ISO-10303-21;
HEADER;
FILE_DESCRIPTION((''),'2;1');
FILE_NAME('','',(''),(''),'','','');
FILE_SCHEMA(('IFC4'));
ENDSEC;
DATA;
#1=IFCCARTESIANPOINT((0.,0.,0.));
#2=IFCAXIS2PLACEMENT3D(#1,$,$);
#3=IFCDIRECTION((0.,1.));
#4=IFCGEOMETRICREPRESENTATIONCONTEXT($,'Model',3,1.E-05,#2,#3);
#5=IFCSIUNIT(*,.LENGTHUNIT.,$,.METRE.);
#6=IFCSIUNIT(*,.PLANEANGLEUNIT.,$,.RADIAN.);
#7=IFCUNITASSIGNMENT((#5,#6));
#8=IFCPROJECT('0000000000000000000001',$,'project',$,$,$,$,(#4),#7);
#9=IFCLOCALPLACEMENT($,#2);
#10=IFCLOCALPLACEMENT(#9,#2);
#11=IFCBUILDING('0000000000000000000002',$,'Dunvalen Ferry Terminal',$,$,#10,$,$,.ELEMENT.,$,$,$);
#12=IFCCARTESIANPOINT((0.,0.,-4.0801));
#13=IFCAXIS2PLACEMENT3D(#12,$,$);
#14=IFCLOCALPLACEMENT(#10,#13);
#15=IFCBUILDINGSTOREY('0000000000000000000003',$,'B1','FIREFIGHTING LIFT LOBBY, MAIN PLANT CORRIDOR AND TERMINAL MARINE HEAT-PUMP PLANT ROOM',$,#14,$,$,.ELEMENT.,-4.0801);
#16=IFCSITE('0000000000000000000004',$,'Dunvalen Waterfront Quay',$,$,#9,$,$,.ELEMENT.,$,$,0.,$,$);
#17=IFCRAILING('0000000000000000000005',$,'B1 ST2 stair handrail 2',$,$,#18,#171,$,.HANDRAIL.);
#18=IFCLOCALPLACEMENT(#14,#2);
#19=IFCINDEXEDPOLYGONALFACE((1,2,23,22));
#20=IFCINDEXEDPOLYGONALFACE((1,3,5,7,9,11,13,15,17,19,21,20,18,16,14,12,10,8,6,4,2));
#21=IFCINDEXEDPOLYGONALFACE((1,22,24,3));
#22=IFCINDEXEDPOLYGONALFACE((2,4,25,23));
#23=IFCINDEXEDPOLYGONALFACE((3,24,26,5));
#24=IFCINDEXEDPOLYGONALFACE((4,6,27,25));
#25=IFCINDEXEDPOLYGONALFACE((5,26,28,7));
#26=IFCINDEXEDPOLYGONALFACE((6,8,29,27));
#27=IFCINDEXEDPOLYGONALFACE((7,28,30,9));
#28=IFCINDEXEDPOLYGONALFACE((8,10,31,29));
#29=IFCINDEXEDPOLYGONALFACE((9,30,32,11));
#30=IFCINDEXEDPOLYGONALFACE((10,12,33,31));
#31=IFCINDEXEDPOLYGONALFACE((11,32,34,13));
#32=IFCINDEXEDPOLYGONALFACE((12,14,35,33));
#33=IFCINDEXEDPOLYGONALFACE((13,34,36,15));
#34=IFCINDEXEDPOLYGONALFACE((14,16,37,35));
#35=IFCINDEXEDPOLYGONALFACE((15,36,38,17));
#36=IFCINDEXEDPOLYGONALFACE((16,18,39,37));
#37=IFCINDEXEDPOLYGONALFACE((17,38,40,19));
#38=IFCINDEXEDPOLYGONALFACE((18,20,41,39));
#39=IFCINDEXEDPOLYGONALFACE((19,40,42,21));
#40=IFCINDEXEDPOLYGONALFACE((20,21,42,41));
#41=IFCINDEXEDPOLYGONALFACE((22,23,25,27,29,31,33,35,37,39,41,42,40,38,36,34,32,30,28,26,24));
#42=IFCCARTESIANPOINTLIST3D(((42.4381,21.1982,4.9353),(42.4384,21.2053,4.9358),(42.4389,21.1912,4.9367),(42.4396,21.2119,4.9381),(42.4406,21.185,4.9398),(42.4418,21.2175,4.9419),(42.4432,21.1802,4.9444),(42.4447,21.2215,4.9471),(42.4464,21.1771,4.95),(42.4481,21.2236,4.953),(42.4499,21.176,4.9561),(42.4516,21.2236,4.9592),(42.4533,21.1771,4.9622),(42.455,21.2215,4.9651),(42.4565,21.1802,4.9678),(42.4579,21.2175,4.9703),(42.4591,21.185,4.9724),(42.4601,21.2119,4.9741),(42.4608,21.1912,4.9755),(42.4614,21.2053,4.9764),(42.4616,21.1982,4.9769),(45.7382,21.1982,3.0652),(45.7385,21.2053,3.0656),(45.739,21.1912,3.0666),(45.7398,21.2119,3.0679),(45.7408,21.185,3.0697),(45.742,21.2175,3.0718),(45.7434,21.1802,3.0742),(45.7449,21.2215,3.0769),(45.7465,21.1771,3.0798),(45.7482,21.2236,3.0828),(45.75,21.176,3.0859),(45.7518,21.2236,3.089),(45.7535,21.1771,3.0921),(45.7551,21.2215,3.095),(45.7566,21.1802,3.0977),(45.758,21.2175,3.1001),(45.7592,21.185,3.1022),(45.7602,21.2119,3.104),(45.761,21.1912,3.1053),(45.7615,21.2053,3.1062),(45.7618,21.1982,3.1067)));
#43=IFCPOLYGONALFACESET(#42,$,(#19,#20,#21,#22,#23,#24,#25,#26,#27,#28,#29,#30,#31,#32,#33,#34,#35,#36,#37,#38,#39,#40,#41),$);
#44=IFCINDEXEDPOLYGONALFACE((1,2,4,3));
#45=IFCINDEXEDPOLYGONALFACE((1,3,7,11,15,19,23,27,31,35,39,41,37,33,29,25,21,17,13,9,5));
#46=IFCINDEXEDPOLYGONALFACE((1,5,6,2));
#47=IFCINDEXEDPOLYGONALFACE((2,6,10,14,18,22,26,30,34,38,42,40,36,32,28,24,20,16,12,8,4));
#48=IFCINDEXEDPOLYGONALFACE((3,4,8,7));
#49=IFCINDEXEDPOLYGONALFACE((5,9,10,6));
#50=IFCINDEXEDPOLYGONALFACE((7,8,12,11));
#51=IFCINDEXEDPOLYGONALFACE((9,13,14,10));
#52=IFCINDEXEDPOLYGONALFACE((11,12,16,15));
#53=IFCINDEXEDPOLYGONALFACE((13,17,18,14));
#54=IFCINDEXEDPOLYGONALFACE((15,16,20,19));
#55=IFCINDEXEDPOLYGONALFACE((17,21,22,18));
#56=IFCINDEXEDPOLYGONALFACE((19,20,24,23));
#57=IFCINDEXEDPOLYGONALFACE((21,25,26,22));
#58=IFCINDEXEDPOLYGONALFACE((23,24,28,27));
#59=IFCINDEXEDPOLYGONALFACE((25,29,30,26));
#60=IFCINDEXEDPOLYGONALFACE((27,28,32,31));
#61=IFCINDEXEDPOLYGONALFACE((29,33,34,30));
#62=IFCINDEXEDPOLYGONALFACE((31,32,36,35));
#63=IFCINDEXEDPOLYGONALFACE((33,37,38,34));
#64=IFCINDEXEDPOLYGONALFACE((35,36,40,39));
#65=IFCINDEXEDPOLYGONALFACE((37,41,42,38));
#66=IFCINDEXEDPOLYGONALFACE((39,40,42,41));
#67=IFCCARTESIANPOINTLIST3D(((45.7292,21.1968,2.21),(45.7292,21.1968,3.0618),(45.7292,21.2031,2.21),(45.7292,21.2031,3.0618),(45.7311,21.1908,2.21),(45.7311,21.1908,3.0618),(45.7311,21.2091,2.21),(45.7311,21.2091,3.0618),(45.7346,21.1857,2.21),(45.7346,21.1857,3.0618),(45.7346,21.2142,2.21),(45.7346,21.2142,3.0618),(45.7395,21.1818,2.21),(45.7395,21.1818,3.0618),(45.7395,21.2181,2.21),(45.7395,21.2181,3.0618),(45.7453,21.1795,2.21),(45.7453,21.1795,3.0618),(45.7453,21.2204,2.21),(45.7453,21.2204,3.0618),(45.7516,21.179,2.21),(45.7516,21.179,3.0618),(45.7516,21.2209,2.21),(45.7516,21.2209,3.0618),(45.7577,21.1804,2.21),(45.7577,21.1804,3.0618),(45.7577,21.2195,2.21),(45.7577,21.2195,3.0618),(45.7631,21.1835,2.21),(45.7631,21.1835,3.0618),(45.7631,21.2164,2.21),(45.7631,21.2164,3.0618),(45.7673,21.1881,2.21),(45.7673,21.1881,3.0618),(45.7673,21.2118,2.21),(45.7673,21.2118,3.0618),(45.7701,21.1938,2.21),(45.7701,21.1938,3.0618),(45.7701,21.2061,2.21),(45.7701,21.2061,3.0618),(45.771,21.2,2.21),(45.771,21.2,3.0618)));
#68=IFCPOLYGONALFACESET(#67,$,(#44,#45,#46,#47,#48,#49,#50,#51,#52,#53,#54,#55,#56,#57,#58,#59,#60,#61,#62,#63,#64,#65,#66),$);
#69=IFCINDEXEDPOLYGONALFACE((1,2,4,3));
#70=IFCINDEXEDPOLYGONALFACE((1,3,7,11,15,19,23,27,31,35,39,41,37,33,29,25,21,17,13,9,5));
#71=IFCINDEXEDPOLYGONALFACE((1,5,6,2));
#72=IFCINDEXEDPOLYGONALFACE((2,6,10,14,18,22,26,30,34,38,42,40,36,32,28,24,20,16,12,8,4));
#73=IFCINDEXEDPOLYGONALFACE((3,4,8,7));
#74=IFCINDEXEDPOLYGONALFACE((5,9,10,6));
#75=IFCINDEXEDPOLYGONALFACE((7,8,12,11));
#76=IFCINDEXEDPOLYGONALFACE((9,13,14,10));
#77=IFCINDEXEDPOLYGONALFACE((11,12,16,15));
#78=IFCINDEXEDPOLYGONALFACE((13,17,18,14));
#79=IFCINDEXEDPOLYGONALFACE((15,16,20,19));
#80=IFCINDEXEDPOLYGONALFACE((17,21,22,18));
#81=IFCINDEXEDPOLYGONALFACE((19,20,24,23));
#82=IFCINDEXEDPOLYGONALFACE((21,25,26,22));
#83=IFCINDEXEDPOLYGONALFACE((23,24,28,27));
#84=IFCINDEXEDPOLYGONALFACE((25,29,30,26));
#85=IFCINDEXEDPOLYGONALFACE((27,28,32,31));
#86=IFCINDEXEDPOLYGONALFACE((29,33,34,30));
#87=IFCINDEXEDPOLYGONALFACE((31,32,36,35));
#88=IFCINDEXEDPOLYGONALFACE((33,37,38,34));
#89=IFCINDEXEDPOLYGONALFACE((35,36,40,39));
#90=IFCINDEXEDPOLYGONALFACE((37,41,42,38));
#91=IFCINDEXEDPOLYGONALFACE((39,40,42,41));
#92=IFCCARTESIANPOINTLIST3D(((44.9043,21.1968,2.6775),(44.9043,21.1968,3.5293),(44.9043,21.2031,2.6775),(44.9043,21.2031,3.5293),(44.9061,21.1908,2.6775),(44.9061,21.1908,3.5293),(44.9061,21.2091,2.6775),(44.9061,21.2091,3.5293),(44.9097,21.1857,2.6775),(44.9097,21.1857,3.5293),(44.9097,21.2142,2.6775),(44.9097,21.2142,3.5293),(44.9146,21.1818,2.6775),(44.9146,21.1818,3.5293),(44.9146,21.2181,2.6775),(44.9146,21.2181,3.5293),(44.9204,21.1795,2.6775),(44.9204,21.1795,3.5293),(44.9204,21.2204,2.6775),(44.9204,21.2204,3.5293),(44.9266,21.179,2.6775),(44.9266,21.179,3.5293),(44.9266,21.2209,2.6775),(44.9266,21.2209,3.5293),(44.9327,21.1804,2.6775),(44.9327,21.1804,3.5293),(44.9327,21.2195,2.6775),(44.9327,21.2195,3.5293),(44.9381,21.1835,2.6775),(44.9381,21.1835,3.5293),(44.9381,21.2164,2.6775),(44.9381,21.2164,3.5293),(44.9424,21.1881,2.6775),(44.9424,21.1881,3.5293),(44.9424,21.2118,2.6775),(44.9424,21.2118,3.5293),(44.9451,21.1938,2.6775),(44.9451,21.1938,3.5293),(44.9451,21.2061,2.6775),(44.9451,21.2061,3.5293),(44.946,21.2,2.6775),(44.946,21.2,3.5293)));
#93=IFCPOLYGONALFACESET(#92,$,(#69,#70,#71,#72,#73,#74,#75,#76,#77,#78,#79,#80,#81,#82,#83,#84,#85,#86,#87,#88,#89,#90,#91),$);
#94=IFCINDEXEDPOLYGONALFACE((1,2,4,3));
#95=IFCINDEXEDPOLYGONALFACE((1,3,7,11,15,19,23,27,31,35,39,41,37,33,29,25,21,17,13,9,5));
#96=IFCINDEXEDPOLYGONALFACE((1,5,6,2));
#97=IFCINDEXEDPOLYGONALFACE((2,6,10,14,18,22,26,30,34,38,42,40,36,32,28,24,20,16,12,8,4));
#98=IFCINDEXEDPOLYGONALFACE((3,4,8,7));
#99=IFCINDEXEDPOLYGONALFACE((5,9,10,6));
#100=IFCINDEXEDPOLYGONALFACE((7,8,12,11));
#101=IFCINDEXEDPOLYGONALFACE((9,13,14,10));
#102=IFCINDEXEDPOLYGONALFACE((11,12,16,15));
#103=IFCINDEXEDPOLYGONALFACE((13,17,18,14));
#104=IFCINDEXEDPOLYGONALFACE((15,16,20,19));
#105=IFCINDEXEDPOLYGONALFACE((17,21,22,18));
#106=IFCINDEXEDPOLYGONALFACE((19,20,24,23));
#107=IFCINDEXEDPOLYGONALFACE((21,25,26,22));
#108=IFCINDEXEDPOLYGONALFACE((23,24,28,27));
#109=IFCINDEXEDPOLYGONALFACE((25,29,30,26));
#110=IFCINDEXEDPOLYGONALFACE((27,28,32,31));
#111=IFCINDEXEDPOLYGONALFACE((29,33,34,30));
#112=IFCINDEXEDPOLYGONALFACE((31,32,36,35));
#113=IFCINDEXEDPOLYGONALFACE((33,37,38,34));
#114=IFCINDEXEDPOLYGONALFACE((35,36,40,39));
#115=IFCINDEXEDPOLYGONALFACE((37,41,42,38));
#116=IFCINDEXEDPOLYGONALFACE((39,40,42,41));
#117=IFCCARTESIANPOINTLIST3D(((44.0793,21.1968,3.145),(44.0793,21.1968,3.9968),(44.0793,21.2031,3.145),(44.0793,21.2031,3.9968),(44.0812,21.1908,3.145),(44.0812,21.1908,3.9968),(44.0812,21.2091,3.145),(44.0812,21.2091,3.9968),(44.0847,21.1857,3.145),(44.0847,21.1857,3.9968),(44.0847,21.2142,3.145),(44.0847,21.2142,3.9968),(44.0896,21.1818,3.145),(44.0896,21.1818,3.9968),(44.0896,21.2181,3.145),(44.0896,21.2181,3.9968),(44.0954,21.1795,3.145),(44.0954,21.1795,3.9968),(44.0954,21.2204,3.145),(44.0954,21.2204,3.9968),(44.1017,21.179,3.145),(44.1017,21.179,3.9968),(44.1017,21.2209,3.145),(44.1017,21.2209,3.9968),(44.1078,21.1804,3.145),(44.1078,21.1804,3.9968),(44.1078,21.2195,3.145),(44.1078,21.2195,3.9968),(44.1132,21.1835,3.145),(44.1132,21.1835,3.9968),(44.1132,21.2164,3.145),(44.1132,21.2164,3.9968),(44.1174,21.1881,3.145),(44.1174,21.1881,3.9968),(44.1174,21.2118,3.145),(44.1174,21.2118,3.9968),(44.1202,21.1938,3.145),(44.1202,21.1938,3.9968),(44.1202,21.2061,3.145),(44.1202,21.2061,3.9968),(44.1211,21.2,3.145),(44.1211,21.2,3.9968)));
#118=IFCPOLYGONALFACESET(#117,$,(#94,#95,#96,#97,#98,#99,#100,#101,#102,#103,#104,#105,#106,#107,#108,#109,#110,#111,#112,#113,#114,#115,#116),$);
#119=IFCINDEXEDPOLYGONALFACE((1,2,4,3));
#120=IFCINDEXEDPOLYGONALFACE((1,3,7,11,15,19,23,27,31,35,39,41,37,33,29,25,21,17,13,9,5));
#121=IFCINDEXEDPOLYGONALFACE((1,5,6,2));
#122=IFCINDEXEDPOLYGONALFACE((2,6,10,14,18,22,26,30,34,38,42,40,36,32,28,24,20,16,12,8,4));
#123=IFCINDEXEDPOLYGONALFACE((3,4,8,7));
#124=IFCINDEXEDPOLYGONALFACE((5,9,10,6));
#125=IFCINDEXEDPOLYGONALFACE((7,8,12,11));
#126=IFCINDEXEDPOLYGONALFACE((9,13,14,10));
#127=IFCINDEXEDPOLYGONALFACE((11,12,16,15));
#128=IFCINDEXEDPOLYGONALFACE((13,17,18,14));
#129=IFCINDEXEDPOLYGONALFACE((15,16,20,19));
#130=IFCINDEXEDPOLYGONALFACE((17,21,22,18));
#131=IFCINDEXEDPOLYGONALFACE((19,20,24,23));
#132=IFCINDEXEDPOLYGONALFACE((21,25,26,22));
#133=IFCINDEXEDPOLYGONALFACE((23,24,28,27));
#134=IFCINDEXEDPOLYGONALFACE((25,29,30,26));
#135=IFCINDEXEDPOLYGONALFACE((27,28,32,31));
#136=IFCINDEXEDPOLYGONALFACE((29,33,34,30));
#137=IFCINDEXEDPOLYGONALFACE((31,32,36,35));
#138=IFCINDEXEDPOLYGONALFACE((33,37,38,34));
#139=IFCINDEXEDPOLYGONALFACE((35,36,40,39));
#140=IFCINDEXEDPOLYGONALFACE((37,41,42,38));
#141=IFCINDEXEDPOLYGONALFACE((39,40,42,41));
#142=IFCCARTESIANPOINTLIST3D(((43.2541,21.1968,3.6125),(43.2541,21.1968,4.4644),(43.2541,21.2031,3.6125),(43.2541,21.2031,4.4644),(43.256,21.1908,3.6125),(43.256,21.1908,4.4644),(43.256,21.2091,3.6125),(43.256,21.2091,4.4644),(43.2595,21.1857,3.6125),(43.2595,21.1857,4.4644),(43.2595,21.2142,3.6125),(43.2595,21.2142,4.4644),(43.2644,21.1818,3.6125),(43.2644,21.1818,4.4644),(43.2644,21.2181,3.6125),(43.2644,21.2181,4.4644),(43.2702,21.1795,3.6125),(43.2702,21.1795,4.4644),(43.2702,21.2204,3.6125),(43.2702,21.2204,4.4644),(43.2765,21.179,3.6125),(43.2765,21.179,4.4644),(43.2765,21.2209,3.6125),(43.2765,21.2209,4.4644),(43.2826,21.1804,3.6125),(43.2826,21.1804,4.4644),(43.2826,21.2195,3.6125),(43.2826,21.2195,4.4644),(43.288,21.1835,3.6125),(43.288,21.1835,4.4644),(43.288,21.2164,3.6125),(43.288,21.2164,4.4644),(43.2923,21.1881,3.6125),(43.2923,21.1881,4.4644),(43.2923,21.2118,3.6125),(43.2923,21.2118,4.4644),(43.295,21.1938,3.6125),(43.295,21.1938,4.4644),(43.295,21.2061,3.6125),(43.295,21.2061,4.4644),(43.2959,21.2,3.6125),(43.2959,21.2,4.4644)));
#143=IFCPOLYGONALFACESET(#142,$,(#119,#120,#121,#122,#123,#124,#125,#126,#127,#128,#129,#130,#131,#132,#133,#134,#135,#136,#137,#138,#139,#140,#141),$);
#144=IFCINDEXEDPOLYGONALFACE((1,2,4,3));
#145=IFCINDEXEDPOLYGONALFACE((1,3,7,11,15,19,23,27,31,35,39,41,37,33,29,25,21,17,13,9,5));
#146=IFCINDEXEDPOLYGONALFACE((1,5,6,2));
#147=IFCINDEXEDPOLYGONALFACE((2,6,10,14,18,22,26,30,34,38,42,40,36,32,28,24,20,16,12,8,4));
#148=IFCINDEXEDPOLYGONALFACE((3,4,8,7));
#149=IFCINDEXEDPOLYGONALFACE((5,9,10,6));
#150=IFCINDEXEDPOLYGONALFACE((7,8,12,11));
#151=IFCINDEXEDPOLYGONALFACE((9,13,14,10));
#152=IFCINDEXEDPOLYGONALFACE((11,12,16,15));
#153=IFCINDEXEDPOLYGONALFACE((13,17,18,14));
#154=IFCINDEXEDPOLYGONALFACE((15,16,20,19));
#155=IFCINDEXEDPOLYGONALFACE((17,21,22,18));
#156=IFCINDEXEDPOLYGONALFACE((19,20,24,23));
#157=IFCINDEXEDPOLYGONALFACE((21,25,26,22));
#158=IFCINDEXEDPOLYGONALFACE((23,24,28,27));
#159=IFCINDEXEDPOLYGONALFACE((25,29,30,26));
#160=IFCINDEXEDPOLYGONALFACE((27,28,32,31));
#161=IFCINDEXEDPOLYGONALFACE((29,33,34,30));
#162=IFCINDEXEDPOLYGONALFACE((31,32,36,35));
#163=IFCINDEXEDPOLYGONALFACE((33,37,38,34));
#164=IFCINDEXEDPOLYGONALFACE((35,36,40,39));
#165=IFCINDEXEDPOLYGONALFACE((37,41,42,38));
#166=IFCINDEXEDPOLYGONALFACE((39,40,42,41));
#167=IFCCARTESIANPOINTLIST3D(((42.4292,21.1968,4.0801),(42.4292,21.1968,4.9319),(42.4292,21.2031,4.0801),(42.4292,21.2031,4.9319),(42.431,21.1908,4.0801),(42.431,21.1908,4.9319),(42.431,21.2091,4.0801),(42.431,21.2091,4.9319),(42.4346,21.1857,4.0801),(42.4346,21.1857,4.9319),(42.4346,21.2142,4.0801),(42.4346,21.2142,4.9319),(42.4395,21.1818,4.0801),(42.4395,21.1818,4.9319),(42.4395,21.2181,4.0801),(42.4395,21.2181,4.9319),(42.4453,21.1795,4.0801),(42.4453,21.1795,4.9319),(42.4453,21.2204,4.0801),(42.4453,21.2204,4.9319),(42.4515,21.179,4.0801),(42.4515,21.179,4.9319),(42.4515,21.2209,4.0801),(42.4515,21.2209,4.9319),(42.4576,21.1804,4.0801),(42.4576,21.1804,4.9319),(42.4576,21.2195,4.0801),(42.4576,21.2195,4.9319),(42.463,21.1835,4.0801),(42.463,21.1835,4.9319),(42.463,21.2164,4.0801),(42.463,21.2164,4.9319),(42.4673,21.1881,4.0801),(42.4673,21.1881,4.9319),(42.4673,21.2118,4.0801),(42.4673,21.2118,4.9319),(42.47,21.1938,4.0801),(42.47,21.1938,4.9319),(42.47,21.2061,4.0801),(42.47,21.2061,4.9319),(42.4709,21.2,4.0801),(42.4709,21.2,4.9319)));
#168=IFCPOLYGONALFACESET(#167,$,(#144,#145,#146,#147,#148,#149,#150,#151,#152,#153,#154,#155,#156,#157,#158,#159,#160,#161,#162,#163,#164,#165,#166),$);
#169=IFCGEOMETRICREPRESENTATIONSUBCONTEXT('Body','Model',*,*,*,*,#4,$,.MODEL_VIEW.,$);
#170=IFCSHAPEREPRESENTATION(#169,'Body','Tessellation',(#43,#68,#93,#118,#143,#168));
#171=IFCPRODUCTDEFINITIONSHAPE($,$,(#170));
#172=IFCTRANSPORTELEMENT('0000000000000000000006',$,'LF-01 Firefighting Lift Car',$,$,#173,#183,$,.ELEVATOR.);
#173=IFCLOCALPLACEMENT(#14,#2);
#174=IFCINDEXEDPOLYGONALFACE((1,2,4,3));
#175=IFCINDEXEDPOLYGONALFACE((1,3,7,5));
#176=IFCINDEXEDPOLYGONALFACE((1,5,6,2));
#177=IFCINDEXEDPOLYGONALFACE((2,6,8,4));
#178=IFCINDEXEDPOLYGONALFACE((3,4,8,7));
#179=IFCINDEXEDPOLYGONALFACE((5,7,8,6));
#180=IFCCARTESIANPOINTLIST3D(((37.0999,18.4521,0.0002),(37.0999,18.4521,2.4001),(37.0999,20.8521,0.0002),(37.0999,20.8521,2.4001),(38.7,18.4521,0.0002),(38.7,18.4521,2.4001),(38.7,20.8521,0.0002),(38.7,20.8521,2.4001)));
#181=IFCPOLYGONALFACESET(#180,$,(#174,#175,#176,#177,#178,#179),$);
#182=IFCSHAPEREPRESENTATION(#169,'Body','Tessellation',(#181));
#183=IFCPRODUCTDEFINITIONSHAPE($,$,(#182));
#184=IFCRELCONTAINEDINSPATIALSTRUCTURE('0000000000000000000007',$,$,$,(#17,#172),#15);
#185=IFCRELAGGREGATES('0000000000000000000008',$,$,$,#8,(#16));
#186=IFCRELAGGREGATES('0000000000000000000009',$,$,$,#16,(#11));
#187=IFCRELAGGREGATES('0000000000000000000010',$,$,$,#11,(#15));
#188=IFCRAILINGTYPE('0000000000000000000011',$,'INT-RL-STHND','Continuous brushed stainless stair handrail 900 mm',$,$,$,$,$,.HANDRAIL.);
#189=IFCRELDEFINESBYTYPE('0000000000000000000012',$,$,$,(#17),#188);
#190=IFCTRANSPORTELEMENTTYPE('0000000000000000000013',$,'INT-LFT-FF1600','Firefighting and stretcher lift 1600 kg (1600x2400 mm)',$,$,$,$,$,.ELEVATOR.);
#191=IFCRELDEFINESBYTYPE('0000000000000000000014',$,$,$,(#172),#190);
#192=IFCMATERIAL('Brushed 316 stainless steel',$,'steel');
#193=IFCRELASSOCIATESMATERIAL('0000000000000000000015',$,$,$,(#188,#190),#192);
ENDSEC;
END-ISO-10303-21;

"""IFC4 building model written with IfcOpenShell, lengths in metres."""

from ifc_helpers import new_model, si_unit, direction, frame, origin, origin_2d, place, context, subcontext, project, spatial, rectangle, circle, extrude, material, type_object, element, save


model = new_model("IFC4")

# Units and contexts
model_context = context("Model", 3, precision=1e-05, world=origin(), true_north=direction((0.0, 1.0)))
body_context = subcontext(model_context, "Body", "Model", "MODEL_VIEW")
ifc_project = project(units=[si_unit("LENGTHUNIT", "METRE"), si_unit("PLANEANGLEUNIT", "RADIAN")], contexts=[model_context])

# Site, building, storey
site_placement = place(None, origin())
site = spatial("IfcSite", under=ifc_project, at=site_placement, Name="Dunvalen Waterfront Quay", CompositionType="ELEMENT", RefElevation=0.0)
building_placement = place(site_placement, origin())
building = spatial("IfcBuilding", under=site, at=building_placement, Name="Dunvalen Ferry Terminal", CompositionType="ELEMENT")
storey_placement = place(building_placement, frame((0.0, 0.0, -4.0801)))
storey = spatial("IfcBuildingStorey", under=building, at=storey_placement, Name="B1", Description="FIREFIGHTING LIFT LOBBY, MAIN PLANT CORRIDOR AND TERMINAL MARINE HEAT-PUMP PLANT ROOM", CompositionType="ELEMENT", Elevation=-4.0801)

# Shared definitions
ifc_material_1 = material(Name="Brushed 316 stainless steel", Category="steel")

# Railing
railing_type_1 = type_object("IfcRailingType", Name="INT-RL-STHND", Description="Continuous brushed stainless stair handrail 900 mm", PredefinedType="HANDRAIL", material=ifc_material_1)
railing_1_placement = place(storey_placement, frame((45.75, 21.2, 2.21)))
element("IfcRailing", 1, at=railing_1_placement, inside=storey, type_object=railing_type_1, Name="B1 ST2 stair handrail 2", PredefinedType="HANDRAIL", context=body_context, shape_type="SweptSolid", body=[
    extrude(circle(Radius=0.0239, at=origin_2d()), frame((0.0, 0.0, 0.876), z_axis=(-0.870012, 0.0, 0.49303), x_axis=(0.0, -1.0, 0.0)), (0.0, 0.0, 1.0), 3.7932),
    extrude(circle(Radius=0.021, at=origin_2d()), origin(), (0.0, 0.0, 1.0), 0.8518),
    extrude(circle(Radius=0.021, at=origin_2d()), frame((-0.825, 0.0, 0.4675)), (0.0, 0.0, 1.0), 0.8518),
    extrude(circle(Radius=0.021, at=origin_2d()), frame((-1.6499, 0.0, 0.9351)), (0.0, 0.0, 1.0), 0.8518),
    extrude(circle(Radius=0.021, at=origin_2d()), frame((-2.4751, 0.0, 1.4026)), (0.0, 0.0, 1.0), 0.8518),
    extrude(circle(Radius=0.021, at=origin_2d()), frame((-3.3, 0.0, 1.8701)), (0.0, 0.0, 1.0), 0.8518),
])

# Transport element
transport_element_type = type_object("IfcTransportElementType", Name="INT-LFT-FF1600", Description="Firefighting and stretcher lift 1600 kg (1600x2400 mm)", PredefinedType="ELEVATOR", material=ifc_material_1)
transport_element_placement = place(storey_placement, frame((37.8999, 19.6521, 0.0002), z_axis=(0.0, 0.0, 1.0), x_axis=(1.0, 0.0, 0.0)))
element("IfcTransportElement", 2, at=transport_element_placement, inside=storey, type_object=transport_element_type, Name="LF-01 Firefighting Lift Car", PredefinedType="ELEVATOR", context=body_context, shape_type="SweptSolid", body=[
    extrude(rectangle(XDim=1.6001, YDim=2.3999, at=origin_2d()), origin(), (0.0, 0.0, 1.0), 2.3999),
])

save(model, "model.ifc")
